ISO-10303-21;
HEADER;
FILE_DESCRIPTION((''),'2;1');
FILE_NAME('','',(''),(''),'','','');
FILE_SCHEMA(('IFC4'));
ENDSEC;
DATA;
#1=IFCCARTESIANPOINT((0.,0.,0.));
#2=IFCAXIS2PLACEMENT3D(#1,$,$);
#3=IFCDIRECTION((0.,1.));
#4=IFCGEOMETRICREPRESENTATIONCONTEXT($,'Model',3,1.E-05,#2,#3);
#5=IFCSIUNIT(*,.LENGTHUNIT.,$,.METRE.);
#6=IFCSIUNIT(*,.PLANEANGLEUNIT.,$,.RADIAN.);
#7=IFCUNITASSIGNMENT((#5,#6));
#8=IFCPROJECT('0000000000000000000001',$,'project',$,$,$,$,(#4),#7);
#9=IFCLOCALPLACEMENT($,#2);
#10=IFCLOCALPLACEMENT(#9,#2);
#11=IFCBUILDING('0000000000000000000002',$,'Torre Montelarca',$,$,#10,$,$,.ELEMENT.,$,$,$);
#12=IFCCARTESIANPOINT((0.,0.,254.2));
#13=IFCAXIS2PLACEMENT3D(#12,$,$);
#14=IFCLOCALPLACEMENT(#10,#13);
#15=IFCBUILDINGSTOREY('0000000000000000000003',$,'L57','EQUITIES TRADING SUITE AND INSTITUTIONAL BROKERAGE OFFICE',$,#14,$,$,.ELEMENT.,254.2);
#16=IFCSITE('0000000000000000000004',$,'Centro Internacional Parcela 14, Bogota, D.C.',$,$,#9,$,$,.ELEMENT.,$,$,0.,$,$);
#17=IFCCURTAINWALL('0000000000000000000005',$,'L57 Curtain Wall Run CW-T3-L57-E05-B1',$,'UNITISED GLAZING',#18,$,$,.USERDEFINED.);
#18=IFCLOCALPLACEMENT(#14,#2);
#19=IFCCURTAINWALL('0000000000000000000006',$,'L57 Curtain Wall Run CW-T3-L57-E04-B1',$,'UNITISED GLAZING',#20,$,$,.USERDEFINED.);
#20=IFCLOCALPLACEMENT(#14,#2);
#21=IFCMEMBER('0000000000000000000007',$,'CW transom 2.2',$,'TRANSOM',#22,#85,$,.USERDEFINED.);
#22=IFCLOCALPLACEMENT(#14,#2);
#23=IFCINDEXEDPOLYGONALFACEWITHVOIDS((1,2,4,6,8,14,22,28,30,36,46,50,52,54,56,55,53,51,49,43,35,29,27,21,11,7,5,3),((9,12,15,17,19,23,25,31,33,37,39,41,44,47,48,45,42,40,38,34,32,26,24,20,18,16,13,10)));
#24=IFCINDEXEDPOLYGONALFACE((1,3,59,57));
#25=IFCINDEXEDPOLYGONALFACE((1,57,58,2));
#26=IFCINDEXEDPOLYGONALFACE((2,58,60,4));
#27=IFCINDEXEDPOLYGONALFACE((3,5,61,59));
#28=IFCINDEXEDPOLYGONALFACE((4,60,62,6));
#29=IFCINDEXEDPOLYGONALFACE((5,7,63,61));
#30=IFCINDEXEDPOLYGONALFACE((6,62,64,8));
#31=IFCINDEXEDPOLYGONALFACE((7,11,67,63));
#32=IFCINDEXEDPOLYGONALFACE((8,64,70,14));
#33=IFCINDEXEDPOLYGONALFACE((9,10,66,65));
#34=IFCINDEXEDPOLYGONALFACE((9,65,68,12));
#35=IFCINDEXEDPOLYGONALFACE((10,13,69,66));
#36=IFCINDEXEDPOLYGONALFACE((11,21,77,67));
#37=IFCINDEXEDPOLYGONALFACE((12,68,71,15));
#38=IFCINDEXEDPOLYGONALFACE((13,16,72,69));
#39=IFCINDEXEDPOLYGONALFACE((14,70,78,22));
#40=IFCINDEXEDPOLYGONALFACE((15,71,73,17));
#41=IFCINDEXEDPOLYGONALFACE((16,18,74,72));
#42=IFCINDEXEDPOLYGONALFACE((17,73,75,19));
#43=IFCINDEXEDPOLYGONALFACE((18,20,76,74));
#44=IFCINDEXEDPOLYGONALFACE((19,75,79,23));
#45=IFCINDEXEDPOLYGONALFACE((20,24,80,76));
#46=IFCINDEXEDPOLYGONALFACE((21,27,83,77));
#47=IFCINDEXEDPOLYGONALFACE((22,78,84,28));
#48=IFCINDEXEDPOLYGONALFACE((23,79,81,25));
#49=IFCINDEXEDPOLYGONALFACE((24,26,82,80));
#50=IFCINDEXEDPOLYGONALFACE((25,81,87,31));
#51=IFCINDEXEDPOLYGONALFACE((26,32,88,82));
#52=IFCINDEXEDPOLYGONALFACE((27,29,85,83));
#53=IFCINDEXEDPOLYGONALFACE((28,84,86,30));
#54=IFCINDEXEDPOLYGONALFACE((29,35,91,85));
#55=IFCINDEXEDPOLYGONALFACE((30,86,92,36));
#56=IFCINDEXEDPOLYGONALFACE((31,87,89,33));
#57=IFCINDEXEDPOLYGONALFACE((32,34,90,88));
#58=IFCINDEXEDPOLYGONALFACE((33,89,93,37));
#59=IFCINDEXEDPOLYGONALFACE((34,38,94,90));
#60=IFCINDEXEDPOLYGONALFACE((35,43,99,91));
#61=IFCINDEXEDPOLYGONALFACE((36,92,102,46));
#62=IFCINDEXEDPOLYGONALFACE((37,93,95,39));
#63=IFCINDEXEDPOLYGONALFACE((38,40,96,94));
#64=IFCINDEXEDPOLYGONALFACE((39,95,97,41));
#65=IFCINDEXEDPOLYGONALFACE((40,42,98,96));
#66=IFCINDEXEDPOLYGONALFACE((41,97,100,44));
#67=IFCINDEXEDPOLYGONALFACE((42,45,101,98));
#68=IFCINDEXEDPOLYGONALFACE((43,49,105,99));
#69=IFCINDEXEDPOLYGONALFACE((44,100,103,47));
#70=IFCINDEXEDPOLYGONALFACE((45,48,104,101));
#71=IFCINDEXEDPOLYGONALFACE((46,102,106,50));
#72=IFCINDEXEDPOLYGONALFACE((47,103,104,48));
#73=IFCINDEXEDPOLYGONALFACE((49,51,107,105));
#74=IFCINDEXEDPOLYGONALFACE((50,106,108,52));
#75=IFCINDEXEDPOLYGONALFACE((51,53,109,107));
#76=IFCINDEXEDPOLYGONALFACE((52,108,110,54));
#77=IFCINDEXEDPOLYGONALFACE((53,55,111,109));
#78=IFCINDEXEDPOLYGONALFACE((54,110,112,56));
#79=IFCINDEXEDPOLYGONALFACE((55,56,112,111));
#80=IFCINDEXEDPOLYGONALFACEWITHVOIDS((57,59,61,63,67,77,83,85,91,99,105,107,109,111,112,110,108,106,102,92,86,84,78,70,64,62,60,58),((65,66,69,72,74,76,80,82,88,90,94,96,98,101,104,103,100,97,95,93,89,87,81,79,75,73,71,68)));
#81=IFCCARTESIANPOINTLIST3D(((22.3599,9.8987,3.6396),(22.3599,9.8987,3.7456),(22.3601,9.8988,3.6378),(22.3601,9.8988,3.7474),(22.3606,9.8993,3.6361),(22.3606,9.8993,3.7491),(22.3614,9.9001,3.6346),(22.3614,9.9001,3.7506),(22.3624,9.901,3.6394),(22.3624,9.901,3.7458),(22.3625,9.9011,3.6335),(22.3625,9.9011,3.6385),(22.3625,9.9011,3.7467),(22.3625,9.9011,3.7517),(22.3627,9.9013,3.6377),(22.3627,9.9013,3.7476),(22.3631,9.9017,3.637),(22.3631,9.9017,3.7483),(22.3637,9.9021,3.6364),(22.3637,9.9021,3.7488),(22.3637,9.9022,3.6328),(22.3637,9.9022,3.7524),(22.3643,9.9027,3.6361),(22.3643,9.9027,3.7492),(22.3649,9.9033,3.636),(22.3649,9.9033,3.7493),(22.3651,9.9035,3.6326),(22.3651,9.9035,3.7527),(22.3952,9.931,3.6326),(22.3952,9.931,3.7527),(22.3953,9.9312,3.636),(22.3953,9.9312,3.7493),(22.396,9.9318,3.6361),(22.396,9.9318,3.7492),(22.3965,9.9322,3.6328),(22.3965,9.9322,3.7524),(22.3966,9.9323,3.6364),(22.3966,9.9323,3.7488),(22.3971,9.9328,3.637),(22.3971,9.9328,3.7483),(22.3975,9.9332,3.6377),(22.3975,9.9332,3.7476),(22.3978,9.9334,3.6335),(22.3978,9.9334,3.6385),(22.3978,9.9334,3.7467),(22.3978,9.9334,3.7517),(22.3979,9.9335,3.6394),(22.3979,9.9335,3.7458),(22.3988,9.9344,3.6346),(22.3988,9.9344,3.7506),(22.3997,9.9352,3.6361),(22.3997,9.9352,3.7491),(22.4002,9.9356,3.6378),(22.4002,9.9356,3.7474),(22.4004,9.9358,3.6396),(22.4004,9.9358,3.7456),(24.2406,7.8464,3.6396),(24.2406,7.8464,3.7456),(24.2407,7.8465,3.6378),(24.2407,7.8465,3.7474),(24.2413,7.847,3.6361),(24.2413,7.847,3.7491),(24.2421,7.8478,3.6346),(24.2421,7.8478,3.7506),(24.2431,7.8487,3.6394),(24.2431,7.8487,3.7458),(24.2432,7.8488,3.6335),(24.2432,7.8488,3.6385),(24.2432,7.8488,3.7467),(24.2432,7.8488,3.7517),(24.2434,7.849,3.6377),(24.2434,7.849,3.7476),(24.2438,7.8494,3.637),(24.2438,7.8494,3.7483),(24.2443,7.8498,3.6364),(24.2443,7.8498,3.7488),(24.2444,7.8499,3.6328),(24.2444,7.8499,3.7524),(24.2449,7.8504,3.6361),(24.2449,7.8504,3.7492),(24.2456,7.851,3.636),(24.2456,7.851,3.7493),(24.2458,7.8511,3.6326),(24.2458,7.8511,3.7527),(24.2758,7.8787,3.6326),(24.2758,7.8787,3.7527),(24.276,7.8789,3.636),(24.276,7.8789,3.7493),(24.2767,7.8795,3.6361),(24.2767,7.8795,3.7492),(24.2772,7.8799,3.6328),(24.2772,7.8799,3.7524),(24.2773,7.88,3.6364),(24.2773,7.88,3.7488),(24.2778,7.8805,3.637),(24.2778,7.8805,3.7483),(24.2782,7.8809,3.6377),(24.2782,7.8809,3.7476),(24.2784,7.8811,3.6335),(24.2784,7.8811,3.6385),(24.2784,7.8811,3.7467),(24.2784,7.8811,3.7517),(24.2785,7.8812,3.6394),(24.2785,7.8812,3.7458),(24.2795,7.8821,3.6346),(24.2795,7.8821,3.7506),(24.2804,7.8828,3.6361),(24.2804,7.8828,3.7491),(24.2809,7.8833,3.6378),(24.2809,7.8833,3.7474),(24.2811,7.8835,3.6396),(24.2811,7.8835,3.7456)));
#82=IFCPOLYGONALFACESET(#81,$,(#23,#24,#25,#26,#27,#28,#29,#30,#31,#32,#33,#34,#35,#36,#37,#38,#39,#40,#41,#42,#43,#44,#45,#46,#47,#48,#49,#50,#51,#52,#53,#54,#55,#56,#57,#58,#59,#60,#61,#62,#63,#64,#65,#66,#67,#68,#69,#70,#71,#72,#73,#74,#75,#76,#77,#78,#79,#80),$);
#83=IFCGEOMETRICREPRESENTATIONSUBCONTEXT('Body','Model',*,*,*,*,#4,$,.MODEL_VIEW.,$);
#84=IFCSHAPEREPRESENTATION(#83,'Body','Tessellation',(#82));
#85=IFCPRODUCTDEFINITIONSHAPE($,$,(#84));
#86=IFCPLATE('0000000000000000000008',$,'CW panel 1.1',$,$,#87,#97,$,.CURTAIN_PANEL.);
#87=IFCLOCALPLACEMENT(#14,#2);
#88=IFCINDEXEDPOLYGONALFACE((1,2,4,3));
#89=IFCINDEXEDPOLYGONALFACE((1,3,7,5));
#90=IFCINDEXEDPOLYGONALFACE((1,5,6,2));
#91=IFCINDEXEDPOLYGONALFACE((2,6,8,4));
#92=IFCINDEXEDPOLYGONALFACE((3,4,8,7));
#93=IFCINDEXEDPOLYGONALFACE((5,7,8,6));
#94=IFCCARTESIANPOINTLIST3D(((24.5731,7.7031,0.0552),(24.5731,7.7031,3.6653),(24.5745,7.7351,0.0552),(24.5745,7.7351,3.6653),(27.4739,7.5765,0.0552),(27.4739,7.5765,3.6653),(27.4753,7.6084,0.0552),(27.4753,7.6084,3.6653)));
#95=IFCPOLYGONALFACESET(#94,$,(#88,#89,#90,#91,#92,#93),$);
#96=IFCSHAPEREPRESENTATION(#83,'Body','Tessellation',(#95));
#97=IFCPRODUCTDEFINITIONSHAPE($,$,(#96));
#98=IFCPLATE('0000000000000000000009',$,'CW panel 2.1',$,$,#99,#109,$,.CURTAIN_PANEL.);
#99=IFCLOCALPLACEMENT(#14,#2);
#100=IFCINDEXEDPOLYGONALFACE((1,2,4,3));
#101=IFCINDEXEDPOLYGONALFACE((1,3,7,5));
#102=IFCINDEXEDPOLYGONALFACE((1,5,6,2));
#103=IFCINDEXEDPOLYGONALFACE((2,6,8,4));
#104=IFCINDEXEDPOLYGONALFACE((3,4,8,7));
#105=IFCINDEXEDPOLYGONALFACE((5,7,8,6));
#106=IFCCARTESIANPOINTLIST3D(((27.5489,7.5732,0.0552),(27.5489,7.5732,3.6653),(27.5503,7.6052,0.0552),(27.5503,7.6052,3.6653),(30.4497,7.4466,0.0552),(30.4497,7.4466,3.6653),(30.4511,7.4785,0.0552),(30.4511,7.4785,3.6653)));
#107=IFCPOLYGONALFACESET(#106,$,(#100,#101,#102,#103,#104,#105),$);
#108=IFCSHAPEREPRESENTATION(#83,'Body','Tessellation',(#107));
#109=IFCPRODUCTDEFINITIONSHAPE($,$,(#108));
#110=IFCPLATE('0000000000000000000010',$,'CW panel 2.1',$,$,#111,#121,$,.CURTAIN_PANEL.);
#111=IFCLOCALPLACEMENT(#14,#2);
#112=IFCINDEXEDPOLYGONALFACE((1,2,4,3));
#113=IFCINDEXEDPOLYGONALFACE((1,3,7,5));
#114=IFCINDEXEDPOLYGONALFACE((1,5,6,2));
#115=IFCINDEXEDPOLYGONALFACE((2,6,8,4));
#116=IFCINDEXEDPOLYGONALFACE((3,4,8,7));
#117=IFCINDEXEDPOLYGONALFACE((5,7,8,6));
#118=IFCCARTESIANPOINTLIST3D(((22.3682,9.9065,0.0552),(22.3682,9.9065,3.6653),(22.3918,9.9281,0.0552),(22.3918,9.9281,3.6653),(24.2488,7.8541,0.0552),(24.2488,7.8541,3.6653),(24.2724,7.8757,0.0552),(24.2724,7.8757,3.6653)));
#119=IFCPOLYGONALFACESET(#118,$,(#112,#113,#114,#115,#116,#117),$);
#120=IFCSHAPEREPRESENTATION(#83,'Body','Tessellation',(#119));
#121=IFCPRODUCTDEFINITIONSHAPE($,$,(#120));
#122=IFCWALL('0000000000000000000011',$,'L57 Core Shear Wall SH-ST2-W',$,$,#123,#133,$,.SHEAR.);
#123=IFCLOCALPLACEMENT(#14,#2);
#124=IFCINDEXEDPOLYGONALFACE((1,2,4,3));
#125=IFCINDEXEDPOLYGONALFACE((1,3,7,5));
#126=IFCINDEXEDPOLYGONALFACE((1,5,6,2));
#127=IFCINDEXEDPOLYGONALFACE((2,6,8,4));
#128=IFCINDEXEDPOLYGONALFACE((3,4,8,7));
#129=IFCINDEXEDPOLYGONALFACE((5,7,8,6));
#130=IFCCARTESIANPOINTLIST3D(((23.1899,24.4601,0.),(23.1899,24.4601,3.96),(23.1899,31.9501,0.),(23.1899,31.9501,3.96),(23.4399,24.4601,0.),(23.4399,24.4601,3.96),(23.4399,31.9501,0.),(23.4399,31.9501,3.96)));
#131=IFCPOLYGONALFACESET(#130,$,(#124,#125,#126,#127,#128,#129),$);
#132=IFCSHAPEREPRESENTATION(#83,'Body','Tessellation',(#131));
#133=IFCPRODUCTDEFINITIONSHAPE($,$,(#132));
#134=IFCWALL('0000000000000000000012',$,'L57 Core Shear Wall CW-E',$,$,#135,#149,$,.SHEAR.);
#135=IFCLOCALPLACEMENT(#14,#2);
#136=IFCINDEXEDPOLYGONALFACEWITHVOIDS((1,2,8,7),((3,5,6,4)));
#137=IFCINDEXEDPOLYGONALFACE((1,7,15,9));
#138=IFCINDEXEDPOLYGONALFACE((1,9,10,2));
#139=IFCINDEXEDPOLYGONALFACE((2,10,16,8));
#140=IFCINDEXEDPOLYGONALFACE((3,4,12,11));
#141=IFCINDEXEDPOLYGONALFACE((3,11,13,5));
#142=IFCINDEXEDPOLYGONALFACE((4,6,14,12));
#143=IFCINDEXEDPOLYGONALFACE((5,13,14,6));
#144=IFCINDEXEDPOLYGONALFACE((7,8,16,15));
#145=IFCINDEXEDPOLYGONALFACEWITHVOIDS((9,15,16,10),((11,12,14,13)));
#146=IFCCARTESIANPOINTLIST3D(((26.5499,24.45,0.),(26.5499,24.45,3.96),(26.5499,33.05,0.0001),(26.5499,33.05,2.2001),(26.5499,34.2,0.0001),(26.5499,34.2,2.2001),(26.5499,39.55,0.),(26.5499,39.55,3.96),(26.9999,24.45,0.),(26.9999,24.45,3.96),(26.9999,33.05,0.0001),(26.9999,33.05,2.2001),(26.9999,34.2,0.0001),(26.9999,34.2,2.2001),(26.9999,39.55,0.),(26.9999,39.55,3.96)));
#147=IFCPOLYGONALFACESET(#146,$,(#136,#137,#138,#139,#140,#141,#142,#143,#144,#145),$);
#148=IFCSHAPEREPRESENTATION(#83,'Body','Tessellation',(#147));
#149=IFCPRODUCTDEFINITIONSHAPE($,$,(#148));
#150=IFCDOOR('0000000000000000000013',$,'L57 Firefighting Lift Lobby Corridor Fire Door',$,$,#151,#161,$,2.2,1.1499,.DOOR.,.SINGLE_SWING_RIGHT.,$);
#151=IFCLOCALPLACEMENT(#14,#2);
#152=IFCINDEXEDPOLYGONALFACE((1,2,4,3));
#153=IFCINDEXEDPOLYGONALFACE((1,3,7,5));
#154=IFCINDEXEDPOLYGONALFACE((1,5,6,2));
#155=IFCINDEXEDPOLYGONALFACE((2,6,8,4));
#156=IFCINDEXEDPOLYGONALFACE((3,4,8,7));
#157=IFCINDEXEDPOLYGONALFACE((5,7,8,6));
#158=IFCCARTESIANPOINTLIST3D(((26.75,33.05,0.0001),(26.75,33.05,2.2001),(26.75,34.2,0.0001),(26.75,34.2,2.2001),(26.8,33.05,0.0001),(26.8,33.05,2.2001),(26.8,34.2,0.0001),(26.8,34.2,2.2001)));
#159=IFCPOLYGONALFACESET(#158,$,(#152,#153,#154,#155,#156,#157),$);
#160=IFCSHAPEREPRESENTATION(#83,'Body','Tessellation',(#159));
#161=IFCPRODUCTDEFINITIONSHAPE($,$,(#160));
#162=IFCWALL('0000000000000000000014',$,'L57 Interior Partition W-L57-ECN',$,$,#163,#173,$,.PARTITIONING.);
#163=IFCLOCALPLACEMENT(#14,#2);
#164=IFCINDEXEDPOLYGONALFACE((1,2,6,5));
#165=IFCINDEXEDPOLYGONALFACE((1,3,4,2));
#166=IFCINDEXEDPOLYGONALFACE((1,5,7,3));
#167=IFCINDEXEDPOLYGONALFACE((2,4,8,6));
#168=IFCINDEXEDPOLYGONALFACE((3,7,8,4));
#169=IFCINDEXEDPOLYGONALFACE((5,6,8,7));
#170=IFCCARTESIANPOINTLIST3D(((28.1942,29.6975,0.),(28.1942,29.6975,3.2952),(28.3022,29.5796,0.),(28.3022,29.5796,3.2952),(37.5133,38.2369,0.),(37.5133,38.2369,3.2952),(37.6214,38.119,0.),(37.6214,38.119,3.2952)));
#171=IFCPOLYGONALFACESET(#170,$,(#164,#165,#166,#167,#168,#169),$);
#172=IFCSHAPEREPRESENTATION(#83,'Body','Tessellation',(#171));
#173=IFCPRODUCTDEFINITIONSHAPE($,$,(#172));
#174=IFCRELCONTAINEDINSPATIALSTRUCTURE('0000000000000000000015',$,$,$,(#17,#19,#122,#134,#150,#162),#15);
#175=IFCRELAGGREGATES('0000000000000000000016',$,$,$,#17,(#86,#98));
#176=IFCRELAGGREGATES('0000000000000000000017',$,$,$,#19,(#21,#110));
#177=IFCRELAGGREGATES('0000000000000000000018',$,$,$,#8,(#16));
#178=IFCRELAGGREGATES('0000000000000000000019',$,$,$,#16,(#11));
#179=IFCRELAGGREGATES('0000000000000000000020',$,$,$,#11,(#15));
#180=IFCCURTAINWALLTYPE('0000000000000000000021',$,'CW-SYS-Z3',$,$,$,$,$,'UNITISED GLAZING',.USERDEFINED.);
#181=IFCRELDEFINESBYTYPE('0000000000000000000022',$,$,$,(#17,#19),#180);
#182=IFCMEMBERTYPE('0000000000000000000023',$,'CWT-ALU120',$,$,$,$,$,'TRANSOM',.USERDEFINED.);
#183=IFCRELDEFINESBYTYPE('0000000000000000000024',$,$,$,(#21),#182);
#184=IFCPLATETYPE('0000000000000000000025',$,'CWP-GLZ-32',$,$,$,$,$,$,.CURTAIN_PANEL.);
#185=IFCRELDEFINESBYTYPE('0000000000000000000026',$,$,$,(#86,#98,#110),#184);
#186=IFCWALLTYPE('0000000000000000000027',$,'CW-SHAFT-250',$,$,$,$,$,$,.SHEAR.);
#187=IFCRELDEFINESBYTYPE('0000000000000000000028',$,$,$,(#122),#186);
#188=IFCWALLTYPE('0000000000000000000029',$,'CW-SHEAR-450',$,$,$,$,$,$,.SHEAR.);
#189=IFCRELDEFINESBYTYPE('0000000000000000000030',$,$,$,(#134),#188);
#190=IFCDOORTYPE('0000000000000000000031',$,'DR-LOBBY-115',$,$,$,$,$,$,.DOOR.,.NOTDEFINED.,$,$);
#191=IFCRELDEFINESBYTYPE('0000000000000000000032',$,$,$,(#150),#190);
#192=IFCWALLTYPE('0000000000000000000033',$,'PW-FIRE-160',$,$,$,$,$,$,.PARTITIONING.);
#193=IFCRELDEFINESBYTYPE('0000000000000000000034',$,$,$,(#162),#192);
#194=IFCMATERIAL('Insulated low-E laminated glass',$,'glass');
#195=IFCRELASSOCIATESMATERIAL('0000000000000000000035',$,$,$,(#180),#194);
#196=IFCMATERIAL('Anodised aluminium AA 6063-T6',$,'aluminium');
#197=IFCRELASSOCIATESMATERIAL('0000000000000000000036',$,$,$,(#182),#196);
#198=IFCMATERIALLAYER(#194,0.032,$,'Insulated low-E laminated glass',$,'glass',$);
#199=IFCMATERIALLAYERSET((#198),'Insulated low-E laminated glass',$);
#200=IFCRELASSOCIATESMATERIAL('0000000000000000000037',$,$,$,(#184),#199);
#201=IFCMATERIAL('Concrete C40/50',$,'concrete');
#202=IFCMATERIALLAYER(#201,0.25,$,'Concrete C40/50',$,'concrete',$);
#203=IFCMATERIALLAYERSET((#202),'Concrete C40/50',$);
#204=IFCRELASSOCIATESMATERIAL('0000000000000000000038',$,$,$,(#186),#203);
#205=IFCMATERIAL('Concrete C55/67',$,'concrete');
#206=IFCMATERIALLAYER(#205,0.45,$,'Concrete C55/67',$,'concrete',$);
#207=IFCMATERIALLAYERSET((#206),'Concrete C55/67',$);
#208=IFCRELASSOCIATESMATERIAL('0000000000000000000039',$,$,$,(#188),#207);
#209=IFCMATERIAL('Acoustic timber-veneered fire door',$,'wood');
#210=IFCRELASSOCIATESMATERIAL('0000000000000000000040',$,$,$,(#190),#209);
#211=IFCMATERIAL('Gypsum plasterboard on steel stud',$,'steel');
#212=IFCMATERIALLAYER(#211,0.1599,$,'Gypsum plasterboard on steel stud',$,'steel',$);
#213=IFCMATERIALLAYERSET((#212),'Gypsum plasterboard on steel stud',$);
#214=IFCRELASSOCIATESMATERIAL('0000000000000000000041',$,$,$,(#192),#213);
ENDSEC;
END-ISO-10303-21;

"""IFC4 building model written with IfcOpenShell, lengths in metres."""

from ifc_helpers import new_model, si_unit, direction, frame, frame_2d, origin, origin_2d, place, context, subcontext, project, spatial, rectangle, hollow_rectangle, extrude, source, transform, mapped, material, layer, layer_set, material_profile, profile_set, type_object, element, fill, aggregate, save


model = new_model("IFC4")

# Units and contexts
model_context = context("Model", 3, precision=1e-05, world=origin(), true_north=direction((0.0, 1.0)))
body_context = subcontext(model_context, "Body", "Model", "MODEL_VIEW")
ifc_project = project(units=[si_unit("LENGTHUNIT", "METRE"), si_unit("PLANEANGLEUNIT", "RADIAN")], contexts=[model_context])

# Site, building, storey
site_placement = place(None, origin())
site = spatial("IfcSite", under=ifc_project, at=site_placement, Name="Centro Internacional Parcela 14, Bogota, D.C.", CompositionType="ELEMENT", RefElevation=0.0)
building_placement = place(site_placement, origin())
building = spatial("IfcBuilding", under=site, at=building_placement, Name="Torre Montelarca", CompositionType="ELEMENT")
storey_placement = place(building_placement, frame((0.0, 0.0, 254.2)))
storey = spatial("IfcBuildingStorey", under=building, at=storey_placement, Name="L57", Description="EQUITIES TRADING SUITE AND INSTITUTIONAL BROKERAGE OFFICE", CompositionType="ELEMENT", Elevation=254.2)

# Shared definitions
ifc_material_1 = material(Name="Concrete C55/67", Category="concrete")

# Curtain walls
ifc_material_2 = material(Name="Insulated low-E laminated glass", Category="glass")
curtain_wall_type = type_object("IfcCurtainWallType", Name="CW-SYS-Z3", ElementType="UNITISED GLAZING", PredefinedType="USERDEFINED", material=ifc_material_2)
curtain_wall_1_placement = place(storey_placement, origin())
curtain_wall_1 = element("IfcCurtainWall", 1, at=curtain_wall_1_placement, inside=storey, type_object=curtain_wall_type, Name="L57 Curtain Wall Run CW-T3-L57-E05-B1", ObjectType="UNITISED GLAZING", PredefinedType="USERDEFINED")
ifc_material_3 = material(Name="Anodised aluminium AA 6063-T6", Category="aluminium")
ifc_material_profile_1 = material_profile(ifc_material_3, hollow_rectangle(XDim=0.0549, YDim=0.1201, WallThickness=0.0034, InnerFilletRadius=0.0034, OuterFilletRadius=0.0071, at=origin_2d()), Name="ALU55X120X3.5", Category="aluminium")
ifc_profile_set_1 = profile_set([ifc_material_profile_1], Name="Anodised aluminium AA 6063-T6")
member_type_1 = type_object("IfcMemberType", Name="CWT-ALU120", ElementType="TRANSOM", PredefinedType="USERDEFINED", material=ifc_profile_set_1)
curtain_wall_2_placement = place(storey_placement, origin())
curtain_wall_2 = element("IfcCurtainWall", 2, at=curtain_wall_2_placement, inside=storey, type_object=curtain_wall_type, Name="L57 Curtain Wall Run CW-T3-L57-E04-B1", ObjectType="UNITISED GLAZING", PredefinedType="USERDEFINED")

# Member
shared_shape_1 = source(origin(), body_context, "Body", "SweptSolid", [
    extrude(hollow_rectangle(XDim=0.0549, YDim=0.1201, WallThickness=0.0034, InnerFilletRadius=0.0034, OuterFilletRadius=0.0071, at=origin_2d()), origin(), (0.0, 0.0, 1.0), 2.7837),
])
member_1_placement = place(storey_placement, frame((22.3801, 9.9172, 3.6926), z_axis=(0.675605, -0.737263, 0.0), x_axis=(0.737263, 0.675605, 0.0)))
member_1 = element("IfcMember", 3, at=member_1_placement, type_object=member_type_1, Name="CW transom 2.2", ObjectType="TRANSOM", PredefinedType="USERDEFINED", context=body_context, shape_type="MappedRepresentation", body=[
    mapped(shared_shape_1, transform((0.0, 0.0, 0.0), scale=1.0)),
])

# Plates
ifc_layer_1 = layer(ifc_material_2, 0.032, Name="Insulated low-E laminated glass", Category="glass")
ifc_layer_set_1 = layer_set([ifc_layer_1], Name="Insulated low-E laminated glass")
plate_type = type_object("IfcPlateType", Name="CWP-GLZ-32", PredefinedType="CURTAIN_PANEL", material=ifc_layer_set_1)
shared_shape_2 = source(origin(), body_context, "Body", "SweptSolid", [
    extrude(rectangle(XDim=2.9036, YDim=0.032, at=origin_2d()), origin(), (0.0, 0.0, 1.0), 3.6101),
])
plate_1_placement = place(storey_placement, frame((26.0242, 7.6558, 0.0552), z_axis=(0.0, 0.0, 1.0), x_axis=(0.999048, -0.043616, 0.0)))
plate_1 = element("IfcPlate", 4, at=plate_1_placement, type_object=plate_type, Name="CW panel 1.1", PredefinedType="CURTAIN_PANEL", context=body_context, shape_type="MappedRepresentation", body=[
    mapped(shared_shape_2, transform((0.0, 0.0, 0.0), scale=1.0)),
])
plate_2_placement = place(storey_placement, frame((29.0, 7.5259, 0.0552), z_axis=(0.0, 0.0, 1.0), x_axis=(0.999048, -0.043616, 0.0)))
plate_2 = element("IfcPlate", 5, at=plate_2_placement, type_object=plate_type, Name="CW panel 2.1", PredefinedType="CURTAIN_PANEL", context=body_context, shape_type="MappedRepresentation", body=[
    mapped(shared_shape_2, transform((0.0, 0.0, 0.0), scale=1.0)),
])
aggregate(curtain_wall_1, [plate_1, plate_2])
shared_shape_3 = source(origin(), body_context, "Body", "SweptSolid", [
    extrude(rectangle(XDim=2.7837, YDim=0.032, at=origin_2d()), origin(), (0.0, 0.0, 1.0), 3.6101),
])
plate_3_placement = place(storey_placement, frame((23.3203, 8.8911, 0.0552), z_axis=(0.0, 0.0, 1.0), x_axis=(0.675573, -0.737293, 0.0)))
plate_3 = element("IfcPlate", 6, at=plate_3_placement, type_object=plate_type, Name="CW panel 2.1", PredefinedType="CURTAIN_PANEL", context=body_context, shape_type="MappedRepresentation", body=[
    mapped(shared_shape_3, transform((0.0, 0.0, 0.0), scale=1.0)),
])
aggregate(curtain_wall_2, [member_1, plate_3])

# Wall
ifc_material_4 = material(Name="Concrete C40/50", Category="concrete")
ifc_layer_2 = layer(ifc_material_4, 0.25, Name="Concrete C40/50", Category="concrete")
ifc_layer_set_2 = layer_set([ifc_layer_2], Name="Concrete C40/50")
wall_type_1 = type_object("IfcWallType", Name="CW-SHAFT-250", PredefinedType="SHEAR", material=ifc_layer_set_2)
wall_1_placement = place(storey_placement, frame((23.3149, 24.46, 0.0), z_axis=(0.0, 0.0, 1.0), x_axis=(0.0, 1.0, 0.0)))
element("IfcWall", 7, at=wall_1_placement, inside=storey, type_object=wall_type_1, Name="L57 Core Shear Wall SH-ST2-W", PredefinedType="SHEAR", context=body_context, shape_type="SweptSolid", body=[
    extrude(rectangle(XDim=7.49, YDim=0.25, at=frame_2d((3.7451, 0.0))), origin(), (0.0, 0.0, 1.0), 3.96),
])

# Wall, opening, door
ifc_layer_3 = layer(ifc_material_1, 0.45, Name="Concrete C55/67", Category="concrete")
ifc_layer_set_3 = layer_set([ifc_layer_3], Name="Concrete C55/67")
wall_type_2 = type_object("IfcWallType", Name="CW-SHEAR-450", PredefinedType="SHEAR", material=ifc_layer_set_3)
wall_2_placement = place(storey_placement, frame((26.7749, 24.45, 0.0), z_axis=(0.0, 0.0, 1.0), x_axis=(0.0, 1.0, 0.0)))
wall_2 = element("IfcWall", 8, at=wall_2_placement, inside=storey, type_object=wall_type_2, Name="L57 Core Shear Wall CW-E", PredefinedType="SHEAR", context=body_context, shape_type="SweptSolid", body=[
    extrude(rectangle(XDim=15.1001, YDim=0.45, at=frame_2d((7.55, 0.0))), origin(), (0.0, 0.0, 1.0), 3.96),
])
opening_1_placement = place(wall_2_placement, frame((8.6001, 0.0, 0.0)))
opening_1 = element("IfcOpeningElement", 9, at=opening_1_placement, cuts=wall_2, PredefinedType="OPENING", context=body_context, shape_type="SweptSolid", body=[
    extrude(rectangle(XDim=1.1499, YDim=2.2, at=frame_2d((0.575, 1.1001))), frame((0.0, 0.2349, 0.0), z_axis=(0.0, -1.0, 0.0), x_axis=(1.0, 0.0, 0.0)), (0.0, 0.0, 1.0), 0.47),
])
ifc_material_5 = material(Name="Acoustic timber-veneered fire door", Category="wood")
door_type_1 = type_object("IfcDoorType", Name="DR-LOBBY-115", OperationType="NOTDEFINED", PredefinedType="DOOR", material=ifc_material_5)
shared_shape_4 = source(origin(), body_context, "Body", "SweptSolid", [
    extrude(rectangle(XDim=1.1499, YDim=2.2, at=frame_2d((0.575, 1.1001))), frame((0.0, 0.0249, 0.0), z_axis=(0.0, -1.0, 0.0), x_axis=(1.0, 0.0, 0.0)), (0.0, 0.0, 1.0), 0.05),
])
door_1_placement = place(opening_1_placement, origin())
door_1 = element("IfcDoor", 10, at=door_1_placement, inside=storey, type_object=door_type_1, Name="L57 Firefighting Lift Lobby Corridor Fire Door", OperationType="SINGLE_SWING_RIGHT", OverallHeight=2.2, OverallWidth=1.1499, PredefinedType="DOOR", context=body_context, shape_type="MappedRepresentation", body=[
    mapped(shared_shape_4, transform((0.0, 0.0, 0.0), scale=1.0)),
])
fill(opening_1, door_1)

# Wall
ifc_material_6 = material(Name="Gypsum plasterboard on steel stud", Category="steel")
ifc_layer_4 = layer(ifc_material_6, 0.1599, Name="Gypsum plasterboard on steel stud", Category="steel")
ifc_layer_set_4 = layer_set([ifc_layer_4], Name="Gypsum plasterboard on steel stud")
wall_type_3 = type_object("IfcWallType", Name="PW-FIRE-160", PredefinedType="PARTITIONING", material=ifc_layer_set_4)
wall_3_placement = place(storey_placement, frame((28.2483, 29.6387, 0.0), z_axis=(0.0, 0.0, 1.0), x_axis=(0.73728, 0.675587, 0.0)))
element("IfcWall", 11, at=wall_3_placement, inside=storey, type_object=wall_type_3, Name="L57 Interior Partition W-L57-ECN", PredefinedType="PARTITIONING", context=body_context, shape_type="SweptSolid", body=[
    extrude(rectangle(XDim=12.6399, YDim=0.1599, at=frame_2d((6.3198, 0.0))), origin(), (0.0, 0.0, 1.0), 3.2952),
])

save(model, "model.ifc")
